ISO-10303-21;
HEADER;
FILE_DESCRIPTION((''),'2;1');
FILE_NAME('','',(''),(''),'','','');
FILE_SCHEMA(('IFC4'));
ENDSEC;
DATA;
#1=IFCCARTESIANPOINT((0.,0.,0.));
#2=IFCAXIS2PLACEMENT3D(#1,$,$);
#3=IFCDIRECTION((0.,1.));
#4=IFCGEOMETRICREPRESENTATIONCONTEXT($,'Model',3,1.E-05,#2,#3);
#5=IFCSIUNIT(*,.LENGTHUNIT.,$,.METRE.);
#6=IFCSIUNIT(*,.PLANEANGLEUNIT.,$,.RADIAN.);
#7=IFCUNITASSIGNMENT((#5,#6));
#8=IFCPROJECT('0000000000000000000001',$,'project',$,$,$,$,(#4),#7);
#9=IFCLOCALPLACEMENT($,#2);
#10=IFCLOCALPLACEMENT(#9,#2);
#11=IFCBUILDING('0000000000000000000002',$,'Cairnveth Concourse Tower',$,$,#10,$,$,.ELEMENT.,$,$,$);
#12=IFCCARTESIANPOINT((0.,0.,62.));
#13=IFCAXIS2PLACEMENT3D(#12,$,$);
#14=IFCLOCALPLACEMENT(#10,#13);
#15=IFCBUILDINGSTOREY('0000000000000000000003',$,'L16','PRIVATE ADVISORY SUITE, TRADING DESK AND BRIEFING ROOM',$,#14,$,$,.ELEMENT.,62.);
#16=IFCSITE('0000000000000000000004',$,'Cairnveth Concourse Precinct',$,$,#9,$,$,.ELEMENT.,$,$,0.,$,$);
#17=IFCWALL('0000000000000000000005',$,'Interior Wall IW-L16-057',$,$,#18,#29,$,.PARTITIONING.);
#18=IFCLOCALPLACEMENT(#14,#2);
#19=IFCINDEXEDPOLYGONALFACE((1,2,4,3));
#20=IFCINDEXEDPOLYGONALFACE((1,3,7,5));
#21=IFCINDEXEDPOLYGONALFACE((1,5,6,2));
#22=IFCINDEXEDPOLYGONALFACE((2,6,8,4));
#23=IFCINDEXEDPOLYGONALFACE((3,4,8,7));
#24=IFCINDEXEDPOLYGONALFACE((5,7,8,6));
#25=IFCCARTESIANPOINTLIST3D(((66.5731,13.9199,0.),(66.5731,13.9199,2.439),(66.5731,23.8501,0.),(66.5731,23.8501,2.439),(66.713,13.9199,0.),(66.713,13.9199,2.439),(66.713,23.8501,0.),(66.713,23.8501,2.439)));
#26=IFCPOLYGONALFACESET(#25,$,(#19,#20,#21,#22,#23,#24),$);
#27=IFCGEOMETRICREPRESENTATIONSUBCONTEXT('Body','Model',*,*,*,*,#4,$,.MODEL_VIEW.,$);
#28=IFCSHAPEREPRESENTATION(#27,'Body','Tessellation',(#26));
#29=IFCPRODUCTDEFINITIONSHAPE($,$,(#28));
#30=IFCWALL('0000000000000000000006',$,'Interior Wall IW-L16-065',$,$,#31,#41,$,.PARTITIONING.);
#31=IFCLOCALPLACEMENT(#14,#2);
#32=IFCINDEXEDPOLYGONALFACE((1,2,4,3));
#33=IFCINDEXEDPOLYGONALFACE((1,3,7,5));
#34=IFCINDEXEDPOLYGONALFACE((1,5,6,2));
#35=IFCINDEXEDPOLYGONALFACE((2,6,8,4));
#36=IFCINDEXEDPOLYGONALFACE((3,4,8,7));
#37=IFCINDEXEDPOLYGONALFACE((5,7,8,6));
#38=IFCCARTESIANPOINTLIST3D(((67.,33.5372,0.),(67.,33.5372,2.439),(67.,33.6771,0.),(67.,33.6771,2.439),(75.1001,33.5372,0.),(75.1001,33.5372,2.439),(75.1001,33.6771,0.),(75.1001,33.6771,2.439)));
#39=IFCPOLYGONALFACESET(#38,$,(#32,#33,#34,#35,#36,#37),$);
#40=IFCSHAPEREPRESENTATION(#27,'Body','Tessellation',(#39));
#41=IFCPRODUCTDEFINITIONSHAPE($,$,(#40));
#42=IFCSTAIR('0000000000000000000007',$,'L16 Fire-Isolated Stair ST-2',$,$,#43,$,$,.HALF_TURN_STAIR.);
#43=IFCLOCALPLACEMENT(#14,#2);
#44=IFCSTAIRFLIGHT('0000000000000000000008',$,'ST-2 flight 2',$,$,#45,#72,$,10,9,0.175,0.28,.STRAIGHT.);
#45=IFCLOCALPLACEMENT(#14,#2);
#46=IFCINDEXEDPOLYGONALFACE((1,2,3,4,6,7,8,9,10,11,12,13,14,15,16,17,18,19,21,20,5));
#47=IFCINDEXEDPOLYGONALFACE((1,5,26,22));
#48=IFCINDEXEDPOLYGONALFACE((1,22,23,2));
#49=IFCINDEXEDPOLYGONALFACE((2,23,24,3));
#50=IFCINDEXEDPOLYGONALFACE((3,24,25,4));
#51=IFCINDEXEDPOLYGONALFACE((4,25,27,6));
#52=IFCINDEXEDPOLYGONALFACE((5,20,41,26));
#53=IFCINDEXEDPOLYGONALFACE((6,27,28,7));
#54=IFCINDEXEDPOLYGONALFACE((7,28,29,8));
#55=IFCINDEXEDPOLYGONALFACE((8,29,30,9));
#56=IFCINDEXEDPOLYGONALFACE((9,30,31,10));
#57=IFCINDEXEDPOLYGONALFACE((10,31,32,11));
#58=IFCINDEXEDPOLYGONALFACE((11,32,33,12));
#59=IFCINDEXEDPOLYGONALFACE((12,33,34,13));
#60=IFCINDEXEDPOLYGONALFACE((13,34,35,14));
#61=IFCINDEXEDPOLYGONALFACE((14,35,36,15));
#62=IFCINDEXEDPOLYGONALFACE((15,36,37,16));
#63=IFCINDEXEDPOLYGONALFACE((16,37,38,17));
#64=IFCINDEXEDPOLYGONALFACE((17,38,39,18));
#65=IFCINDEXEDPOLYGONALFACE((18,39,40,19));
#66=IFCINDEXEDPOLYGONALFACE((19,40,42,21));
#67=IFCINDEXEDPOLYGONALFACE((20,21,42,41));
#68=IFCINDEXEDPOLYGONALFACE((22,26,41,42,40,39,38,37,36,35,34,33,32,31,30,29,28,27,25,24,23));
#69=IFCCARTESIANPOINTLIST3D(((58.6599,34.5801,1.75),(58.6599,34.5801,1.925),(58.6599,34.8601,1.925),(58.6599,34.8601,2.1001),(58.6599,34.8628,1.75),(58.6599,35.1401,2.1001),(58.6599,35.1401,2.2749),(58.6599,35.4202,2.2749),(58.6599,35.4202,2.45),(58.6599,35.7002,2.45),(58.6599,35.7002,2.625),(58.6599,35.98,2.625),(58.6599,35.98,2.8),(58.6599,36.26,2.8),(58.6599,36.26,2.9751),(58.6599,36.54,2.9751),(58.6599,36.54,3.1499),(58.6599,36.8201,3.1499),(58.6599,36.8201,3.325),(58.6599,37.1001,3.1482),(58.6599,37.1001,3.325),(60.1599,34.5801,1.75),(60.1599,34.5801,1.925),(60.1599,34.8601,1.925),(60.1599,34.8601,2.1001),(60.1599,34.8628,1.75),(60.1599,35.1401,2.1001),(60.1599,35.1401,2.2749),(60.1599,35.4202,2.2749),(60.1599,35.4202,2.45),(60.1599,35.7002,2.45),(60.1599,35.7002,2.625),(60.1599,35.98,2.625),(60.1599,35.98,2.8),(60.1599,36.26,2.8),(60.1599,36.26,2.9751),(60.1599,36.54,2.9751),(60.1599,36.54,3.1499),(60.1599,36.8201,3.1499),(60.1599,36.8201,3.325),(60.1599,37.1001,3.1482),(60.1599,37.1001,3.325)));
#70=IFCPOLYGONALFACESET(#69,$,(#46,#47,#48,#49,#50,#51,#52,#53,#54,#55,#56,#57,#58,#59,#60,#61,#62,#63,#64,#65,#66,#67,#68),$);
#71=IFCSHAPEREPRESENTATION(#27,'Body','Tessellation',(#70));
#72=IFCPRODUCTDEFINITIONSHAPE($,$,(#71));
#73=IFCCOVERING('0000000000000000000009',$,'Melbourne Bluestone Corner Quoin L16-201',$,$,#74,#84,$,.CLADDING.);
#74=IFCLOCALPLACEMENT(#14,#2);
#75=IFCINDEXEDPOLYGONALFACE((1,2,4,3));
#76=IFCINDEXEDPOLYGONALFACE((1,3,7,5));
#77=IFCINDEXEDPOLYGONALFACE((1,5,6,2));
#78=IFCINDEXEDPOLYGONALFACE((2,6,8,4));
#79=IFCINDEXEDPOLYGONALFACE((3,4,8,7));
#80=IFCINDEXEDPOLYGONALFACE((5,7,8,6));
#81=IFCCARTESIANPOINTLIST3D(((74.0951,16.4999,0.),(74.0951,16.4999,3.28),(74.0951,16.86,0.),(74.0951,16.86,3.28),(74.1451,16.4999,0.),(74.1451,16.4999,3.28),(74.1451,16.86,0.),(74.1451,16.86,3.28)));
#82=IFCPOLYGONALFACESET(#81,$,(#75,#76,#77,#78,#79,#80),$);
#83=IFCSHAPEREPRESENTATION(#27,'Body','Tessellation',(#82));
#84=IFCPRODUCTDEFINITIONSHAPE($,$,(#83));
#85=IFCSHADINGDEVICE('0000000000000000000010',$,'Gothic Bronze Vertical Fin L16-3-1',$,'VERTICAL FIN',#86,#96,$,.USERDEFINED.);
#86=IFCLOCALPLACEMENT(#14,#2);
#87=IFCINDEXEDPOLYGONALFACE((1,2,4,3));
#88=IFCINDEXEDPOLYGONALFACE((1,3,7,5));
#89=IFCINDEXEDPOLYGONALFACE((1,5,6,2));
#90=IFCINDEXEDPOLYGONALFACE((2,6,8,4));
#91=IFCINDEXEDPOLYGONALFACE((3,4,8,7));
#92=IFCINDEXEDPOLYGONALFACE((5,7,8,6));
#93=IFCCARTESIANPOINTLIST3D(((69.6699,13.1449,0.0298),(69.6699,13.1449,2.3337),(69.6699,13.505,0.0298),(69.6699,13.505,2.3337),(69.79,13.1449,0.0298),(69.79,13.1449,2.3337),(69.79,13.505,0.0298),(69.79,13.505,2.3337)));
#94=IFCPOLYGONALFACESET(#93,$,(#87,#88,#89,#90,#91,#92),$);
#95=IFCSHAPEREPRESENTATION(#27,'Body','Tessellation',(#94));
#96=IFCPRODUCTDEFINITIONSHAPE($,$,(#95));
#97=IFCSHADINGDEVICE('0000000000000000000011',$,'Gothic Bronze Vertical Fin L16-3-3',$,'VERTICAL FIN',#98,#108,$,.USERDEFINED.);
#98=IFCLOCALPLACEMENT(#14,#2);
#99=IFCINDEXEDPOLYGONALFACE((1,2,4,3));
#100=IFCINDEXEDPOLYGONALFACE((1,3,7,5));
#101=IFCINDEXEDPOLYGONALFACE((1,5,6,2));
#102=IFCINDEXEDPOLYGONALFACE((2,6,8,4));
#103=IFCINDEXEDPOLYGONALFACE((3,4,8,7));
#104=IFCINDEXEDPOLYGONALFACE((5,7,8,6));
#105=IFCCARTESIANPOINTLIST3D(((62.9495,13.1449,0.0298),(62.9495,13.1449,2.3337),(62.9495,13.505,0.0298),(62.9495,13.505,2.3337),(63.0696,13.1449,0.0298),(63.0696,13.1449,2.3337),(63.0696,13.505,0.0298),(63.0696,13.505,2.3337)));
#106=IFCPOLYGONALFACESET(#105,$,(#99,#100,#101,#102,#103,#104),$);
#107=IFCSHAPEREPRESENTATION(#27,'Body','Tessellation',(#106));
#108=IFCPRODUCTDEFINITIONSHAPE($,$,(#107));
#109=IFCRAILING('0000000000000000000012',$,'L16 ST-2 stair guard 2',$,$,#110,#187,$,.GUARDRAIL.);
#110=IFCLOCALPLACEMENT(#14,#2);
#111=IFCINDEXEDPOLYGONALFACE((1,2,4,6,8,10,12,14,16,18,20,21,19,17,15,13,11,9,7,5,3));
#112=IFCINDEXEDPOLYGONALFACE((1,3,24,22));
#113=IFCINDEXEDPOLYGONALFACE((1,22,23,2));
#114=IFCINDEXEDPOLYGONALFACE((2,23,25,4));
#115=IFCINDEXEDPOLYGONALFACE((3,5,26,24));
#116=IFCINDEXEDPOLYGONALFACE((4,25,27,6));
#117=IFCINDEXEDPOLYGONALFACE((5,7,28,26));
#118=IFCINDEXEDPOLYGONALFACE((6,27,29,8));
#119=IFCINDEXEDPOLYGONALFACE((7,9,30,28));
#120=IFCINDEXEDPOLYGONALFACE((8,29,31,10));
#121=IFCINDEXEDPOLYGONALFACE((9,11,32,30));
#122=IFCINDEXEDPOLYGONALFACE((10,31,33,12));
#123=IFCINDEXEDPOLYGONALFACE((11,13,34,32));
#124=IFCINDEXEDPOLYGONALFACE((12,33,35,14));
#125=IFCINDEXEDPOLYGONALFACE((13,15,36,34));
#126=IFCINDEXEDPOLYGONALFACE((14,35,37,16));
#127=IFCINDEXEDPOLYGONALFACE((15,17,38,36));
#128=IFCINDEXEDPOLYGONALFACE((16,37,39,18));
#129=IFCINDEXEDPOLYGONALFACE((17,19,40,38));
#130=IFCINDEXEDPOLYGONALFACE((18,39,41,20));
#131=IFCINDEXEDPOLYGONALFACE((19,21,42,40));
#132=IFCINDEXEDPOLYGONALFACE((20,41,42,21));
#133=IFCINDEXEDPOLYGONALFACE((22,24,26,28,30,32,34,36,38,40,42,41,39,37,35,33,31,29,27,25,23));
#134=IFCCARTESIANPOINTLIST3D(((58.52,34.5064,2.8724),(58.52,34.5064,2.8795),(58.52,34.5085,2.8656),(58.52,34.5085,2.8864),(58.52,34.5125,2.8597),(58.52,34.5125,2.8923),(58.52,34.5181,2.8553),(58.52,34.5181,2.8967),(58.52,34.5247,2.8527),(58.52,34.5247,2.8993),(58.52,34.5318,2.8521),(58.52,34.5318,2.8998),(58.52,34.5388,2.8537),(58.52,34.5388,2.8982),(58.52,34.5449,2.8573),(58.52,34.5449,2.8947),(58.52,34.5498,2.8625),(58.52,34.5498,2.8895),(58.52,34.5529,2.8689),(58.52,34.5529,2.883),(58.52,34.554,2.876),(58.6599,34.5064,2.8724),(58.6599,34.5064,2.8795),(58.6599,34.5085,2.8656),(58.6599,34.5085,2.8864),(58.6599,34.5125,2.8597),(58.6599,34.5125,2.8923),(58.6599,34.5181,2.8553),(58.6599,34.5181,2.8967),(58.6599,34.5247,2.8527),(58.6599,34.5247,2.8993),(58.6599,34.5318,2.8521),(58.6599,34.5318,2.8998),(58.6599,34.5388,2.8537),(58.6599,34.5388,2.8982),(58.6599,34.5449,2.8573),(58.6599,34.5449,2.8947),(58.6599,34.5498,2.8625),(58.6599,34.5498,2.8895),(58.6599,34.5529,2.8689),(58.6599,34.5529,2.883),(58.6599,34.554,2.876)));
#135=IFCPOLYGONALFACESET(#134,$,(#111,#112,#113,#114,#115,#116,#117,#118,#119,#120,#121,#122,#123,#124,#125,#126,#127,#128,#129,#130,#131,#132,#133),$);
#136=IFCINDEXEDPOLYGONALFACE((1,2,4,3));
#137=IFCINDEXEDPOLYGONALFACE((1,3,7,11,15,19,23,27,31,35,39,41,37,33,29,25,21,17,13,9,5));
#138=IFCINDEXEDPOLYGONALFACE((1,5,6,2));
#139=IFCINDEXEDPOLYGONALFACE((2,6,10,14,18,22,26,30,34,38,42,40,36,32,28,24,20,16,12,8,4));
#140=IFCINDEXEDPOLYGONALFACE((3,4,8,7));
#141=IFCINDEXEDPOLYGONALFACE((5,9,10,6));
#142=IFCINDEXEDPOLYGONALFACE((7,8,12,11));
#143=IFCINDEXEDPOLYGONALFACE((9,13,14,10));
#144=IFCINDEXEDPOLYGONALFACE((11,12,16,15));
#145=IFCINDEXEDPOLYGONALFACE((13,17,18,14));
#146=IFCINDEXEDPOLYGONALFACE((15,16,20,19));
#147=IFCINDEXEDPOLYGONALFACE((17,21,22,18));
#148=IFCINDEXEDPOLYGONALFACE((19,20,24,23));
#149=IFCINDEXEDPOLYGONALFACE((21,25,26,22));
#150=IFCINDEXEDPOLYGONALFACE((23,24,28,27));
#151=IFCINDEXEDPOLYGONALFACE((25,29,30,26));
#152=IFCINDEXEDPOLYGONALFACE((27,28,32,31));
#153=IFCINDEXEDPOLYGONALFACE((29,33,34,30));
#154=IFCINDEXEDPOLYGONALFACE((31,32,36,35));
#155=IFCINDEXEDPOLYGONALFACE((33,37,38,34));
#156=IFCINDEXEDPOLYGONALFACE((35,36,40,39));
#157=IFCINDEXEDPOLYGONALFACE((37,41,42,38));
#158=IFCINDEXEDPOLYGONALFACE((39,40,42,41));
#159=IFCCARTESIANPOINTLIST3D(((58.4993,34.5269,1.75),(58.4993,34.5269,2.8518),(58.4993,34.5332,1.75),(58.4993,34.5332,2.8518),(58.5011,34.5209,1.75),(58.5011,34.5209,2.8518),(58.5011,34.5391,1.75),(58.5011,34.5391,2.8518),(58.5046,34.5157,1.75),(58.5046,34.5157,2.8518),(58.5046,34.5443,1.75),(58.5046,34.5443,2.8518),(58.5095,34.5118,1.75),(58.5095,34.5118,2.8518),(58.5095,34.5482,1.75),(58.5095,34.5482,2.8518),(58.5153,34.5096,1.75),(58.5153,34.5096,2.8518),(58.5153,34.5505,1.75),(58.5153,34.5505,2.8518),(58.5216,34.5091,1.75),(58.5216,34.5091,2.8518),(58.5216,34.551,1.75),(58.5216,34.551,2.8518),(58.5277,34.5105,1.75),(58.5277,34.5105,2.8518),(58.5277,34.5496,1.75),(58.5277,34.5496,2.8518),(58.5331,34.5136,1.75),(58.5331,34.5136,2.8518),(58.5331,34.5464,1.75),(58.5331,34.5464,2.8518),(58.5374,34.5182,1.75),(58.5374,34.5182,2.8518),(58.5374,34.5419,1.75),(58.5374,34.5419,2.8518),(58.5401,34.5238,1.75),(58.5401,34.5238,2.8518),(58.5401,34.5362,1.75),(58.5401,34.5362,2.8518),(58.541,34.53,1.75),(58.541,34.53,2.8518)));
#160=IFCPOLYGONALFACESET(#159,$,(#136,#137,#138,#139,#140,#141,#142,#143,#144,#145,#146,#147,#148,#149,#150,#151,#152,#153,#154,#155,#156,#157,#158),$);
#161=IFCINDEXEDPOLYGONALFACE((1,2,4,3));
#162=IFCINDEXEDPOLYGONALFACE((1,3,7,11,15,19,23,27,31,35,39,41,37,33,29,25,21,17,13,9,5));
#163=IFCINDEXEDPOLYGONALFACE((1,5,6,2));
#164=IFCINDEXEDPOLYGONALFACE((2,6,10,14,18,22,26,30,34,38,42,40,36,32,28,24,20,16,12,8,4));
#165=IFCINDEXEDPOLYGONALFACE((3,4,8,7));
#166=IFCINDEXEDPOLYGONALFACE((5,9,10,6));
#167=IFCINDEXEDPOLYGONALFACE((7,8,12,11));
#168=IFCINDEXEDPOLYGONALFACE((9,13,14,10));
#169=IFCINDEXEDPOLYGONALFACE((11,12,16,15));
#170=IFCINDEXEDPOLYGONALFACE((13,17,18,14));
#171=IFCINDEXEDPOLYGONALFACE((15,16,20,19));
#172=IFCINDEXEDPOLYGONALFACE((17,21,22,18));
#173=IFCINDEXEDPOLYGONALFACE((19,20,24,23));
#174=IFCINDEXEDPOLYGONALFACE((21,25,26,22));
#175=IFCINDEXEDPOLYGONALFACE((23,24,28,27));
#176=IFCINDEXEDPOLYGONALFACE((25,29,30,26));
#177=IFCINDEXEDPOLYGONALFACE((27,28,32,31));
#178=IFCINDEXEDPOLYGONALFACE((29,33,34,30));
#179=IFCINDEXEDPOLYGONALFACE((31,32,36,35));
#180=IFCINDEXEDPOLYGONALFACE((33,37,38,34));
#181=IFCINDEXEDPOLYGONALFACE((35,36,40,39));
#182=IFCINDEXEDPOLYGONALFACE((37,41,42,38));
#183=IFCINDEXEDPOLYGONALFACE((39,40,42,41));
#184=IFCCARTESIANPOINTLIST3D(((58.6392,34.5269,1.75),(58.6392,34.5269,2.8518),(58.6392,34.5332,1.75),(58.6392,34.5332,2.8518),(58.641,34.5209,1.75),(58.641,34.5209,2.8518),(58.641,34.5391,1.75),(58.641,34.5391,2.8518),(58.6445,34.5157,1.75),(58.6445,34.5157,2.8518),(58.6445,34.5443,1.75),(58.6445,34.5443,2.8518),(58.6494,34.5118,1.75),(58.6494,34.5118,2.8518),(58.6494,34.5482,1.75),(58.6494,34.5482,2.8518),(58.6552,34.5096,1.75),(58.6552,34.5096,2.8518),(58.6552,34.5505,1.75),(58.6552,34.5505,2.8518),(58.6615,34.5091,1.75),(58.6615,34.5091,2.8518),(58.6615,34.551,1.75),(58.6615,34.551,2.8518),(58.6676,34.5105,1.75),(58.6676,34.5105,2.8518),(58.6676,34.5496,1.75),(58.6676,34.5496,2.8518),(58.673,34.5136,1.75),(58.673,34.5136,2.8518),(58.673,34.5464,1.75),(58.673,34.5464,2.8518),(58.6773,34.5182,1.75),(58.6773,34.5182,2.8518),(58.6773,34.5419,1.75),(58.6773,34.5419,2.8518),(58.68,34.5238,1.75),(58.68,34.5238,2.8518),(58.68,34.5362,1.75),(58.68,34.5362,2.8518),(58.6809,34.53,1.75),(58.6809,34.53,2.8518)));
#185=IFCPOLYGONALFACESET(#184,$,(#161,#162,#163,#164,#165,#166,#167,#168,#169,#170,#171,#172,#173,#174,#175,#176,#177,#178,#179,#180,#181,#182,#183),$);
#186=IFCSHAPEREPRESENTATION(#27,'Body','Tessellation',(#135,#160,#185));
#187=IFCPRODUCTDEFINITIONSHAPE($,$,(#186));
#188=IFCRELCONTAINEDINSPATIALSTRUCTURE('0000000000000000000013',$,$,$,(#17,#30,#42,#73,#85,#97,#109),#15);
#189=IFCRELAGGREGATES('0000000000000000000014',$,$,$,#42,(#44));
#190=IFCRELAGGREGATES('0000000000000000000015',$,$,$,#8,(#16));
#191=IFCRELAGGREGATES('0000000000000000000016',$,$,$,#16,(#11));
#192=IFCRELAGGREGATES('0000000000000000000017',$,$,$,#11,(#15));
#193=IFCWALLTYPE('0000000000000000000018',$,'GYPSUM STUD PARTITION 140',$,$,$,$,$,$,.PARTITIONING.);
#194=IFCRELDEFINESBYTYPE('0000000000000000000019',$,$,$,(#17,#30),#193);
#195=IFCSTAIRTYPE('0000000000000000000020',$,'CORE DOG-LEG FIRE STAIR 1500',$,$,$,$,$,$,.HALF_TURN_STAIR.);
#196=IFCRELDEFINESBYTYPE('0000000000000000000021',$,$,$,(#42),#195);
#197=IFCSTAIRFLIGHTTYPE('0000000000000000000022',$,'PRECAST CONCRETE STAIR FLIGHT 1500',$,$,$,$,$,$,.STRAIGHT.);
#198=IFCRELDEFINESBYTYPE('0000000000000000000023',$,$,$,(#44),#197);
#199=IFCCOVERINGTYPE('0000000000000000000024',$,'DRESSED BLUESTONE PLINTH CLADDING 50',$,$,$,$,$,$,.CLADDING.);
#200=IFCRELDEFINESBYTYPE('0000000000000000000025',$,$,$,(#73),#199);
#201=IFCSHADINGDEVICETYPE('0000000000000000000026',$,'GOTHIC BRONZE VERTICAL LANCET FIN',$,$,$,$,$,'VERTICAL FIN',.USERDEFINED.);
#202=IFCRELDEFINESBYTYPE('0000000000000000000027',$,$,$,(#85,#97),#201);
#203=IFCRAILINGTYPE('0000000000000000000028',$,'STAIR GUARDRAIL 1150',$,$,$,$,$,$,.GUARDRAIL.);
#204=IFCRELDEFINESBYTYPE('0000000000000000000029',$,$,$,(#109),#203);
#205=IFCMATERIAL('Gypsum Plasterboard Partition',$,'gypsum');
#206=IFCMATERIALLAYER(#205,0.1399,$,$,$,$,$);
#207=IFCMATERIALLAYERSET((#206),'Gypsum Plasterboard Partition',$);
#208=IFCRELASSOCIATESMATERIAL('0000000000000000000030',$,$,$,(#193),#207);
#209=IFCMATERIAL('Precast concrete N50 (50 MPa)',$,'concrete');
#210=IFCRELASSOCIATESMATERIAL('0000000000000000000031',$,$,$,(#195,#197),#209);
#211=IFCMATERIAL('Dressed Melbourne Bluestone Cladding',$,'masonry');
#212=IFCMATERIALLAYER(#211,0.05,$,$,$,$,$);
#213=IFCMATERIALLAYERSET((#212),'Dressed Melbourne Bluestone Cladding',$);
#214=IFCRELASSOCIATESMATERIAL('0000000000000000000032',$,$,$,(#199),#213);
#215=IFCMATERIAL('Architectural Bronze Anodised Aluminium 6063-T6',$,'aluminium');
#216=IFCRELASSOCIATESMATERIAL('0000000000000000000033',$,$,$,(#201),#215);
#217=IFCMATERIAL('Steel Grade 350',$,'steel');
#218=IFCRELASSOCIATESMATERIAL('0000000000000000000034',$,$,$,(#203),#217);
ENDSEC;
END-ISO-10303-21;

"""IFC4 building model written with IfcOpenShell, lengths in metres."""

from ifc_helpers import new_model, si_unit, direction, frame, frame_2d, origin, origin_2d, place, context, subcontext, project, spatial, polyline, rectangle, circle, outline, extrude, material, layer, layer_set, type_object, element, aggregate, save


model = new_model("IFC4")

# Units and contexts
model_context = context("Model", 3, precision=1e-05, world=origin(), true_north=direction((0.0, 1.0)))
body_context = subcontext(model_context, "Body", "Model", "MODEL_VIEW")
ifc_project = project(units=[si_unit("LENGTHUNIT", "METRE"), si_unit("PLANEANGLEUNIT", "RADIAN")], contexts=[model_context])

# Site, building, storey
site_placement = place(None, origin())
site = spatial("IfcSite", under=ifc_project, at=site_placement, Name="Cairnveth Concourse Precinct", CompositionType="ELEMENT", RefElevation=0.0)
building_placement = place(site_placement, origin())
building = spatial("IfcBuilding", under=site, at=building_placement, Name="Cairnveth Concourse Tower", CompositionType="ELEMENT")
storey_placement = place(building_placement, frame((0.0, 0.0, 62.0)))
storey = spatial("IfcBuildingStorey", under=building, at=storey_placement, Name="L16", Description="PRIVATE ADVISORY SUITE, TRADING DESK AND BRIEFING ROOM", CompositionType="ELEMENT", Elevation=62.0)

# Shared definitions
ifc_material_1 = material(Name="Steel Grade 350", Category="steel")

# Shared definitions
ifc_material_2 = material(Name="Gypsum Plasterboard Partition", Category="gypsum")
ifc_layer_1 = layer(ifc_material_2, 0.1399)
ifc_layer_set_1 = layer_set([ifc_layer_1], Name="Gypsum Plasterboard Partition")
wall_type_1 = type_object("IfcWallType", Name="GYPSUM STUD PARTITION 140", PredefinedType="PARTITIONING", material=ifc_layer_set_1)

# Walls
wall_1_placement = place(storey_placement, frame((66.6431, 13.9199, 0.0), z_axis=(0.0, 0.0, 1.0), x_axis=(0.0, 1.0, 0.0)))
element("IfcWall", 1, at=wall_1_placement, inside=storey, type_object=wall_type_1, Name="Interior Wall IW-L16-057", PredefinedType="PARTITIONING", context=body_context, shape_type="SweptSolid", body=[
    extrude(rectangle(XDim=9.9302, YDim=0.1399, at=frame_2d((4.9651, 0.0))), origin(), (0.0, 0.0, 1.0), 2.439),
])
wall_2_placement = place(storey_placement, frame((67.0, 33.6072, 0.0), z_axis=(0.0, 0.0, 1.0), x_axis=(1.0, 0.0, 0.0)))
element("IfcWall", 2, at=wall_2_placement, inside=storey, type_object=wall_type_1, Name="Interior Wall IW-L16-065", PredefinedType="PARTITIONING", context=body_context, shape_type="SweptSolid", body=[
    extrude(rectangle(XDim=8.1001, YDim=0.1399, at=frame_2d((4.05, 0.0))), origin(), (0.0, 0.0, 1.0), 2.439),
])

# Stair, stair flight
ifc_material_3 = material(Name="Precast concrete N50 (50 MPa)", Category="concrete")
stair_type = type_object("IfcStairType", Name="CORE DOG-LEG FIRE STAIR 1500", PredefinedType="HALF_TURN_STAIR", material=ifc_material_3)
stair_placement = place(storey_placement, origin())
stair = element("IfcStair", 3, at=stair_placement, inside=storey, type_object=stair_type, Name="L16 Fire-Isolated Stair ST-2", PredefinedType="HALF_TURN_STAIR")
stair_flight_type = type_object("IfcStairFlightType", Name="PRECAST CONCRETE STAIR FLIGHT 1500", PredefinedType="STRAIGHT", material=ifc_material_3)
stair_flight_placement = place(storey_placement, frame((59.4099, 34.5801, 1.75), z_axis=(0.0, 0.0, 1.0), x_axis=(0.0, 1.0, 0.0)))
stair_flight = element("IfcStairFlight", 4, at=stair_flight_placement, type_object=stair_flight_type, Name="ST-2 flight 2", NumberOfRisers=10, NumberOfTreads=9, PredefinedType="STRAIGHT", RiserHeight=0.175, TreadLength=0.28, context=body_context, shape_type="SweptSolid", body=[
    extrude(outline(polyline([(0.0, 0.0), (0.0, 0.175), (0.28, 0.175), (0.28, 0.3501), (0.5601, 0.3501), (0.5601, 0.5249), (0.8401, 0.5249), (0.8401, 0.7), (1.1201, 0.7), (1.1201, 0.875), (1.3999, 0.875), (1.3999, 1.05), (1.6799, 1.05), (1.6799, 1.2251), (1.96, 1.2251), (1.96, 1.3999), (2.24, 1.3999), (2.24, 1.575), (2.52, 1.575), (2.52, 1.75), (2.52, 1.3982), (0.2827, 0.0), (0.0, 0.0)])), frame((0.0, 0.75, 0.0), z_axis=(0.0, -1.0, 0.0), x_axis=(1.0, 0.0, 0.0)), (0.0, 0.0, 1.0), 1.5),
])
aggregate(stair, [stair_flight])

# Covering
ifc_material_4 = material(Name="Dressed Melbourne Bluestone Cladding", Category="masonry")
ifc_layer_2 = layer(ifc_material_4, 0.05)
ifc_layer_set_2 = layer_set([ifc_layer_2], Name="Dressed Melbourne Bluestone Cladding")
covering_type = type_object("IfcCoveringType", Name="DRESSED BLUESTONE PLINTH CLADDING 50", PredefinedType="CLADDING", material=ifc_layer_set_2)
covering_placement = place(storey_placement, frame((74.1201, 16.8601, 0.0), z_axis=(0.0, 0.0, 1.0), x_axis=(0.0, -1.0, 0.0)))
element("IfcCovering", 5, at=covering_placement, inside=storey, type_object=covering_type, Name="Melbourne Bluestone Corner Quoin L16-201", PredefinedType="CLADDING", context=body_context, shape_type="SweptSolid", body=[
    extrude(rectangle(XDim=0.3601, YDim=0.05, at=frame_2d((0.1802, 0.0))), origin(), (0.0, 0.0, 1.0), 3.28),
])

# Shading devices
ifc_material_5 = material(Name="Architectural Bronze Anodised Aluminium 6063-T6", Category="aluminium")
shading_device_type = type_object("IfcShadingDeviceType", Name="GOTHIC BRONZE VERTICAL LANCET FIN", ElementType="VERTICAL FIN", PredefinedType="USERDEFINED", material=ifc_material_5)
for number, where, z_axis, x_axis, name in (
    (6, (69.73, 13.325, 0.0298), (0.0, 0.0, 1.0), (1.0, 0.0, 0.0), "Gothic Bronze Vertical Fin L16-3-1"),
    (7, (63.0095, 13.325, 0.0298), (0.0, 0.0, 1.0), (1.0, 0.0, 0.0), "Gothic Bronze Vertical Fin L16-3-3"),
):
    element("IfcShadingDevice", number, at=place(storey_placement, frame(where, z_axis=z_axis, x_axis=x_axis)), inside=storey, type_object=shading_device_type, Name=name, ObjectType="VERTICAL FIN", PredefinedType="USERDEFINED", context=body_context, shape_type="SweptSolid", body=[
        extrude(rectangle(XDim=0.1201, YDim=0.3601, at=origin_2d()), origin(), (0.0, 0.0, 1.0), 2.304),
    ])

# Railing
railing_type_1 = type_object("IfcRailingType", Name="STAIR GUARDRAIL 1150", PredefinedType="GUARDRAIL", material=ifc_material_1)
railing_1_placement = place(storey_placement, frame((58.52, 34.53, 1.75)))
element("IfcRailing", 8, at=railing_1_placement, inside=storey, type_object=railing_type_1, Name="L16 ST-2 stair guard 2", PredefinedType="GUARDRAIL", context=body_context, shape_type="SweptSolid", body=[
    extrude(circle(Radius=0.0239, at=origin_2d()), frame((0.0, 0.0, 1.126), z_axis=(1.0, 0.0, 0.0), x_axis=(0.0, 1.0, 0.0)), (0.0, 0.0, 1.0), 0.1399),
    extrude(circle(Radius=0.021, at=origin_2d()), origin(), (0.0, 0.0, 1.0), 1.1018),
    extrude(circle(Radius=0.021, at=origin_2d()), frame((0.1399, 0.0, 0.0)), (0.0, 0.0, 1.0), 1.1018),
])

save(model, "model.ifc")
